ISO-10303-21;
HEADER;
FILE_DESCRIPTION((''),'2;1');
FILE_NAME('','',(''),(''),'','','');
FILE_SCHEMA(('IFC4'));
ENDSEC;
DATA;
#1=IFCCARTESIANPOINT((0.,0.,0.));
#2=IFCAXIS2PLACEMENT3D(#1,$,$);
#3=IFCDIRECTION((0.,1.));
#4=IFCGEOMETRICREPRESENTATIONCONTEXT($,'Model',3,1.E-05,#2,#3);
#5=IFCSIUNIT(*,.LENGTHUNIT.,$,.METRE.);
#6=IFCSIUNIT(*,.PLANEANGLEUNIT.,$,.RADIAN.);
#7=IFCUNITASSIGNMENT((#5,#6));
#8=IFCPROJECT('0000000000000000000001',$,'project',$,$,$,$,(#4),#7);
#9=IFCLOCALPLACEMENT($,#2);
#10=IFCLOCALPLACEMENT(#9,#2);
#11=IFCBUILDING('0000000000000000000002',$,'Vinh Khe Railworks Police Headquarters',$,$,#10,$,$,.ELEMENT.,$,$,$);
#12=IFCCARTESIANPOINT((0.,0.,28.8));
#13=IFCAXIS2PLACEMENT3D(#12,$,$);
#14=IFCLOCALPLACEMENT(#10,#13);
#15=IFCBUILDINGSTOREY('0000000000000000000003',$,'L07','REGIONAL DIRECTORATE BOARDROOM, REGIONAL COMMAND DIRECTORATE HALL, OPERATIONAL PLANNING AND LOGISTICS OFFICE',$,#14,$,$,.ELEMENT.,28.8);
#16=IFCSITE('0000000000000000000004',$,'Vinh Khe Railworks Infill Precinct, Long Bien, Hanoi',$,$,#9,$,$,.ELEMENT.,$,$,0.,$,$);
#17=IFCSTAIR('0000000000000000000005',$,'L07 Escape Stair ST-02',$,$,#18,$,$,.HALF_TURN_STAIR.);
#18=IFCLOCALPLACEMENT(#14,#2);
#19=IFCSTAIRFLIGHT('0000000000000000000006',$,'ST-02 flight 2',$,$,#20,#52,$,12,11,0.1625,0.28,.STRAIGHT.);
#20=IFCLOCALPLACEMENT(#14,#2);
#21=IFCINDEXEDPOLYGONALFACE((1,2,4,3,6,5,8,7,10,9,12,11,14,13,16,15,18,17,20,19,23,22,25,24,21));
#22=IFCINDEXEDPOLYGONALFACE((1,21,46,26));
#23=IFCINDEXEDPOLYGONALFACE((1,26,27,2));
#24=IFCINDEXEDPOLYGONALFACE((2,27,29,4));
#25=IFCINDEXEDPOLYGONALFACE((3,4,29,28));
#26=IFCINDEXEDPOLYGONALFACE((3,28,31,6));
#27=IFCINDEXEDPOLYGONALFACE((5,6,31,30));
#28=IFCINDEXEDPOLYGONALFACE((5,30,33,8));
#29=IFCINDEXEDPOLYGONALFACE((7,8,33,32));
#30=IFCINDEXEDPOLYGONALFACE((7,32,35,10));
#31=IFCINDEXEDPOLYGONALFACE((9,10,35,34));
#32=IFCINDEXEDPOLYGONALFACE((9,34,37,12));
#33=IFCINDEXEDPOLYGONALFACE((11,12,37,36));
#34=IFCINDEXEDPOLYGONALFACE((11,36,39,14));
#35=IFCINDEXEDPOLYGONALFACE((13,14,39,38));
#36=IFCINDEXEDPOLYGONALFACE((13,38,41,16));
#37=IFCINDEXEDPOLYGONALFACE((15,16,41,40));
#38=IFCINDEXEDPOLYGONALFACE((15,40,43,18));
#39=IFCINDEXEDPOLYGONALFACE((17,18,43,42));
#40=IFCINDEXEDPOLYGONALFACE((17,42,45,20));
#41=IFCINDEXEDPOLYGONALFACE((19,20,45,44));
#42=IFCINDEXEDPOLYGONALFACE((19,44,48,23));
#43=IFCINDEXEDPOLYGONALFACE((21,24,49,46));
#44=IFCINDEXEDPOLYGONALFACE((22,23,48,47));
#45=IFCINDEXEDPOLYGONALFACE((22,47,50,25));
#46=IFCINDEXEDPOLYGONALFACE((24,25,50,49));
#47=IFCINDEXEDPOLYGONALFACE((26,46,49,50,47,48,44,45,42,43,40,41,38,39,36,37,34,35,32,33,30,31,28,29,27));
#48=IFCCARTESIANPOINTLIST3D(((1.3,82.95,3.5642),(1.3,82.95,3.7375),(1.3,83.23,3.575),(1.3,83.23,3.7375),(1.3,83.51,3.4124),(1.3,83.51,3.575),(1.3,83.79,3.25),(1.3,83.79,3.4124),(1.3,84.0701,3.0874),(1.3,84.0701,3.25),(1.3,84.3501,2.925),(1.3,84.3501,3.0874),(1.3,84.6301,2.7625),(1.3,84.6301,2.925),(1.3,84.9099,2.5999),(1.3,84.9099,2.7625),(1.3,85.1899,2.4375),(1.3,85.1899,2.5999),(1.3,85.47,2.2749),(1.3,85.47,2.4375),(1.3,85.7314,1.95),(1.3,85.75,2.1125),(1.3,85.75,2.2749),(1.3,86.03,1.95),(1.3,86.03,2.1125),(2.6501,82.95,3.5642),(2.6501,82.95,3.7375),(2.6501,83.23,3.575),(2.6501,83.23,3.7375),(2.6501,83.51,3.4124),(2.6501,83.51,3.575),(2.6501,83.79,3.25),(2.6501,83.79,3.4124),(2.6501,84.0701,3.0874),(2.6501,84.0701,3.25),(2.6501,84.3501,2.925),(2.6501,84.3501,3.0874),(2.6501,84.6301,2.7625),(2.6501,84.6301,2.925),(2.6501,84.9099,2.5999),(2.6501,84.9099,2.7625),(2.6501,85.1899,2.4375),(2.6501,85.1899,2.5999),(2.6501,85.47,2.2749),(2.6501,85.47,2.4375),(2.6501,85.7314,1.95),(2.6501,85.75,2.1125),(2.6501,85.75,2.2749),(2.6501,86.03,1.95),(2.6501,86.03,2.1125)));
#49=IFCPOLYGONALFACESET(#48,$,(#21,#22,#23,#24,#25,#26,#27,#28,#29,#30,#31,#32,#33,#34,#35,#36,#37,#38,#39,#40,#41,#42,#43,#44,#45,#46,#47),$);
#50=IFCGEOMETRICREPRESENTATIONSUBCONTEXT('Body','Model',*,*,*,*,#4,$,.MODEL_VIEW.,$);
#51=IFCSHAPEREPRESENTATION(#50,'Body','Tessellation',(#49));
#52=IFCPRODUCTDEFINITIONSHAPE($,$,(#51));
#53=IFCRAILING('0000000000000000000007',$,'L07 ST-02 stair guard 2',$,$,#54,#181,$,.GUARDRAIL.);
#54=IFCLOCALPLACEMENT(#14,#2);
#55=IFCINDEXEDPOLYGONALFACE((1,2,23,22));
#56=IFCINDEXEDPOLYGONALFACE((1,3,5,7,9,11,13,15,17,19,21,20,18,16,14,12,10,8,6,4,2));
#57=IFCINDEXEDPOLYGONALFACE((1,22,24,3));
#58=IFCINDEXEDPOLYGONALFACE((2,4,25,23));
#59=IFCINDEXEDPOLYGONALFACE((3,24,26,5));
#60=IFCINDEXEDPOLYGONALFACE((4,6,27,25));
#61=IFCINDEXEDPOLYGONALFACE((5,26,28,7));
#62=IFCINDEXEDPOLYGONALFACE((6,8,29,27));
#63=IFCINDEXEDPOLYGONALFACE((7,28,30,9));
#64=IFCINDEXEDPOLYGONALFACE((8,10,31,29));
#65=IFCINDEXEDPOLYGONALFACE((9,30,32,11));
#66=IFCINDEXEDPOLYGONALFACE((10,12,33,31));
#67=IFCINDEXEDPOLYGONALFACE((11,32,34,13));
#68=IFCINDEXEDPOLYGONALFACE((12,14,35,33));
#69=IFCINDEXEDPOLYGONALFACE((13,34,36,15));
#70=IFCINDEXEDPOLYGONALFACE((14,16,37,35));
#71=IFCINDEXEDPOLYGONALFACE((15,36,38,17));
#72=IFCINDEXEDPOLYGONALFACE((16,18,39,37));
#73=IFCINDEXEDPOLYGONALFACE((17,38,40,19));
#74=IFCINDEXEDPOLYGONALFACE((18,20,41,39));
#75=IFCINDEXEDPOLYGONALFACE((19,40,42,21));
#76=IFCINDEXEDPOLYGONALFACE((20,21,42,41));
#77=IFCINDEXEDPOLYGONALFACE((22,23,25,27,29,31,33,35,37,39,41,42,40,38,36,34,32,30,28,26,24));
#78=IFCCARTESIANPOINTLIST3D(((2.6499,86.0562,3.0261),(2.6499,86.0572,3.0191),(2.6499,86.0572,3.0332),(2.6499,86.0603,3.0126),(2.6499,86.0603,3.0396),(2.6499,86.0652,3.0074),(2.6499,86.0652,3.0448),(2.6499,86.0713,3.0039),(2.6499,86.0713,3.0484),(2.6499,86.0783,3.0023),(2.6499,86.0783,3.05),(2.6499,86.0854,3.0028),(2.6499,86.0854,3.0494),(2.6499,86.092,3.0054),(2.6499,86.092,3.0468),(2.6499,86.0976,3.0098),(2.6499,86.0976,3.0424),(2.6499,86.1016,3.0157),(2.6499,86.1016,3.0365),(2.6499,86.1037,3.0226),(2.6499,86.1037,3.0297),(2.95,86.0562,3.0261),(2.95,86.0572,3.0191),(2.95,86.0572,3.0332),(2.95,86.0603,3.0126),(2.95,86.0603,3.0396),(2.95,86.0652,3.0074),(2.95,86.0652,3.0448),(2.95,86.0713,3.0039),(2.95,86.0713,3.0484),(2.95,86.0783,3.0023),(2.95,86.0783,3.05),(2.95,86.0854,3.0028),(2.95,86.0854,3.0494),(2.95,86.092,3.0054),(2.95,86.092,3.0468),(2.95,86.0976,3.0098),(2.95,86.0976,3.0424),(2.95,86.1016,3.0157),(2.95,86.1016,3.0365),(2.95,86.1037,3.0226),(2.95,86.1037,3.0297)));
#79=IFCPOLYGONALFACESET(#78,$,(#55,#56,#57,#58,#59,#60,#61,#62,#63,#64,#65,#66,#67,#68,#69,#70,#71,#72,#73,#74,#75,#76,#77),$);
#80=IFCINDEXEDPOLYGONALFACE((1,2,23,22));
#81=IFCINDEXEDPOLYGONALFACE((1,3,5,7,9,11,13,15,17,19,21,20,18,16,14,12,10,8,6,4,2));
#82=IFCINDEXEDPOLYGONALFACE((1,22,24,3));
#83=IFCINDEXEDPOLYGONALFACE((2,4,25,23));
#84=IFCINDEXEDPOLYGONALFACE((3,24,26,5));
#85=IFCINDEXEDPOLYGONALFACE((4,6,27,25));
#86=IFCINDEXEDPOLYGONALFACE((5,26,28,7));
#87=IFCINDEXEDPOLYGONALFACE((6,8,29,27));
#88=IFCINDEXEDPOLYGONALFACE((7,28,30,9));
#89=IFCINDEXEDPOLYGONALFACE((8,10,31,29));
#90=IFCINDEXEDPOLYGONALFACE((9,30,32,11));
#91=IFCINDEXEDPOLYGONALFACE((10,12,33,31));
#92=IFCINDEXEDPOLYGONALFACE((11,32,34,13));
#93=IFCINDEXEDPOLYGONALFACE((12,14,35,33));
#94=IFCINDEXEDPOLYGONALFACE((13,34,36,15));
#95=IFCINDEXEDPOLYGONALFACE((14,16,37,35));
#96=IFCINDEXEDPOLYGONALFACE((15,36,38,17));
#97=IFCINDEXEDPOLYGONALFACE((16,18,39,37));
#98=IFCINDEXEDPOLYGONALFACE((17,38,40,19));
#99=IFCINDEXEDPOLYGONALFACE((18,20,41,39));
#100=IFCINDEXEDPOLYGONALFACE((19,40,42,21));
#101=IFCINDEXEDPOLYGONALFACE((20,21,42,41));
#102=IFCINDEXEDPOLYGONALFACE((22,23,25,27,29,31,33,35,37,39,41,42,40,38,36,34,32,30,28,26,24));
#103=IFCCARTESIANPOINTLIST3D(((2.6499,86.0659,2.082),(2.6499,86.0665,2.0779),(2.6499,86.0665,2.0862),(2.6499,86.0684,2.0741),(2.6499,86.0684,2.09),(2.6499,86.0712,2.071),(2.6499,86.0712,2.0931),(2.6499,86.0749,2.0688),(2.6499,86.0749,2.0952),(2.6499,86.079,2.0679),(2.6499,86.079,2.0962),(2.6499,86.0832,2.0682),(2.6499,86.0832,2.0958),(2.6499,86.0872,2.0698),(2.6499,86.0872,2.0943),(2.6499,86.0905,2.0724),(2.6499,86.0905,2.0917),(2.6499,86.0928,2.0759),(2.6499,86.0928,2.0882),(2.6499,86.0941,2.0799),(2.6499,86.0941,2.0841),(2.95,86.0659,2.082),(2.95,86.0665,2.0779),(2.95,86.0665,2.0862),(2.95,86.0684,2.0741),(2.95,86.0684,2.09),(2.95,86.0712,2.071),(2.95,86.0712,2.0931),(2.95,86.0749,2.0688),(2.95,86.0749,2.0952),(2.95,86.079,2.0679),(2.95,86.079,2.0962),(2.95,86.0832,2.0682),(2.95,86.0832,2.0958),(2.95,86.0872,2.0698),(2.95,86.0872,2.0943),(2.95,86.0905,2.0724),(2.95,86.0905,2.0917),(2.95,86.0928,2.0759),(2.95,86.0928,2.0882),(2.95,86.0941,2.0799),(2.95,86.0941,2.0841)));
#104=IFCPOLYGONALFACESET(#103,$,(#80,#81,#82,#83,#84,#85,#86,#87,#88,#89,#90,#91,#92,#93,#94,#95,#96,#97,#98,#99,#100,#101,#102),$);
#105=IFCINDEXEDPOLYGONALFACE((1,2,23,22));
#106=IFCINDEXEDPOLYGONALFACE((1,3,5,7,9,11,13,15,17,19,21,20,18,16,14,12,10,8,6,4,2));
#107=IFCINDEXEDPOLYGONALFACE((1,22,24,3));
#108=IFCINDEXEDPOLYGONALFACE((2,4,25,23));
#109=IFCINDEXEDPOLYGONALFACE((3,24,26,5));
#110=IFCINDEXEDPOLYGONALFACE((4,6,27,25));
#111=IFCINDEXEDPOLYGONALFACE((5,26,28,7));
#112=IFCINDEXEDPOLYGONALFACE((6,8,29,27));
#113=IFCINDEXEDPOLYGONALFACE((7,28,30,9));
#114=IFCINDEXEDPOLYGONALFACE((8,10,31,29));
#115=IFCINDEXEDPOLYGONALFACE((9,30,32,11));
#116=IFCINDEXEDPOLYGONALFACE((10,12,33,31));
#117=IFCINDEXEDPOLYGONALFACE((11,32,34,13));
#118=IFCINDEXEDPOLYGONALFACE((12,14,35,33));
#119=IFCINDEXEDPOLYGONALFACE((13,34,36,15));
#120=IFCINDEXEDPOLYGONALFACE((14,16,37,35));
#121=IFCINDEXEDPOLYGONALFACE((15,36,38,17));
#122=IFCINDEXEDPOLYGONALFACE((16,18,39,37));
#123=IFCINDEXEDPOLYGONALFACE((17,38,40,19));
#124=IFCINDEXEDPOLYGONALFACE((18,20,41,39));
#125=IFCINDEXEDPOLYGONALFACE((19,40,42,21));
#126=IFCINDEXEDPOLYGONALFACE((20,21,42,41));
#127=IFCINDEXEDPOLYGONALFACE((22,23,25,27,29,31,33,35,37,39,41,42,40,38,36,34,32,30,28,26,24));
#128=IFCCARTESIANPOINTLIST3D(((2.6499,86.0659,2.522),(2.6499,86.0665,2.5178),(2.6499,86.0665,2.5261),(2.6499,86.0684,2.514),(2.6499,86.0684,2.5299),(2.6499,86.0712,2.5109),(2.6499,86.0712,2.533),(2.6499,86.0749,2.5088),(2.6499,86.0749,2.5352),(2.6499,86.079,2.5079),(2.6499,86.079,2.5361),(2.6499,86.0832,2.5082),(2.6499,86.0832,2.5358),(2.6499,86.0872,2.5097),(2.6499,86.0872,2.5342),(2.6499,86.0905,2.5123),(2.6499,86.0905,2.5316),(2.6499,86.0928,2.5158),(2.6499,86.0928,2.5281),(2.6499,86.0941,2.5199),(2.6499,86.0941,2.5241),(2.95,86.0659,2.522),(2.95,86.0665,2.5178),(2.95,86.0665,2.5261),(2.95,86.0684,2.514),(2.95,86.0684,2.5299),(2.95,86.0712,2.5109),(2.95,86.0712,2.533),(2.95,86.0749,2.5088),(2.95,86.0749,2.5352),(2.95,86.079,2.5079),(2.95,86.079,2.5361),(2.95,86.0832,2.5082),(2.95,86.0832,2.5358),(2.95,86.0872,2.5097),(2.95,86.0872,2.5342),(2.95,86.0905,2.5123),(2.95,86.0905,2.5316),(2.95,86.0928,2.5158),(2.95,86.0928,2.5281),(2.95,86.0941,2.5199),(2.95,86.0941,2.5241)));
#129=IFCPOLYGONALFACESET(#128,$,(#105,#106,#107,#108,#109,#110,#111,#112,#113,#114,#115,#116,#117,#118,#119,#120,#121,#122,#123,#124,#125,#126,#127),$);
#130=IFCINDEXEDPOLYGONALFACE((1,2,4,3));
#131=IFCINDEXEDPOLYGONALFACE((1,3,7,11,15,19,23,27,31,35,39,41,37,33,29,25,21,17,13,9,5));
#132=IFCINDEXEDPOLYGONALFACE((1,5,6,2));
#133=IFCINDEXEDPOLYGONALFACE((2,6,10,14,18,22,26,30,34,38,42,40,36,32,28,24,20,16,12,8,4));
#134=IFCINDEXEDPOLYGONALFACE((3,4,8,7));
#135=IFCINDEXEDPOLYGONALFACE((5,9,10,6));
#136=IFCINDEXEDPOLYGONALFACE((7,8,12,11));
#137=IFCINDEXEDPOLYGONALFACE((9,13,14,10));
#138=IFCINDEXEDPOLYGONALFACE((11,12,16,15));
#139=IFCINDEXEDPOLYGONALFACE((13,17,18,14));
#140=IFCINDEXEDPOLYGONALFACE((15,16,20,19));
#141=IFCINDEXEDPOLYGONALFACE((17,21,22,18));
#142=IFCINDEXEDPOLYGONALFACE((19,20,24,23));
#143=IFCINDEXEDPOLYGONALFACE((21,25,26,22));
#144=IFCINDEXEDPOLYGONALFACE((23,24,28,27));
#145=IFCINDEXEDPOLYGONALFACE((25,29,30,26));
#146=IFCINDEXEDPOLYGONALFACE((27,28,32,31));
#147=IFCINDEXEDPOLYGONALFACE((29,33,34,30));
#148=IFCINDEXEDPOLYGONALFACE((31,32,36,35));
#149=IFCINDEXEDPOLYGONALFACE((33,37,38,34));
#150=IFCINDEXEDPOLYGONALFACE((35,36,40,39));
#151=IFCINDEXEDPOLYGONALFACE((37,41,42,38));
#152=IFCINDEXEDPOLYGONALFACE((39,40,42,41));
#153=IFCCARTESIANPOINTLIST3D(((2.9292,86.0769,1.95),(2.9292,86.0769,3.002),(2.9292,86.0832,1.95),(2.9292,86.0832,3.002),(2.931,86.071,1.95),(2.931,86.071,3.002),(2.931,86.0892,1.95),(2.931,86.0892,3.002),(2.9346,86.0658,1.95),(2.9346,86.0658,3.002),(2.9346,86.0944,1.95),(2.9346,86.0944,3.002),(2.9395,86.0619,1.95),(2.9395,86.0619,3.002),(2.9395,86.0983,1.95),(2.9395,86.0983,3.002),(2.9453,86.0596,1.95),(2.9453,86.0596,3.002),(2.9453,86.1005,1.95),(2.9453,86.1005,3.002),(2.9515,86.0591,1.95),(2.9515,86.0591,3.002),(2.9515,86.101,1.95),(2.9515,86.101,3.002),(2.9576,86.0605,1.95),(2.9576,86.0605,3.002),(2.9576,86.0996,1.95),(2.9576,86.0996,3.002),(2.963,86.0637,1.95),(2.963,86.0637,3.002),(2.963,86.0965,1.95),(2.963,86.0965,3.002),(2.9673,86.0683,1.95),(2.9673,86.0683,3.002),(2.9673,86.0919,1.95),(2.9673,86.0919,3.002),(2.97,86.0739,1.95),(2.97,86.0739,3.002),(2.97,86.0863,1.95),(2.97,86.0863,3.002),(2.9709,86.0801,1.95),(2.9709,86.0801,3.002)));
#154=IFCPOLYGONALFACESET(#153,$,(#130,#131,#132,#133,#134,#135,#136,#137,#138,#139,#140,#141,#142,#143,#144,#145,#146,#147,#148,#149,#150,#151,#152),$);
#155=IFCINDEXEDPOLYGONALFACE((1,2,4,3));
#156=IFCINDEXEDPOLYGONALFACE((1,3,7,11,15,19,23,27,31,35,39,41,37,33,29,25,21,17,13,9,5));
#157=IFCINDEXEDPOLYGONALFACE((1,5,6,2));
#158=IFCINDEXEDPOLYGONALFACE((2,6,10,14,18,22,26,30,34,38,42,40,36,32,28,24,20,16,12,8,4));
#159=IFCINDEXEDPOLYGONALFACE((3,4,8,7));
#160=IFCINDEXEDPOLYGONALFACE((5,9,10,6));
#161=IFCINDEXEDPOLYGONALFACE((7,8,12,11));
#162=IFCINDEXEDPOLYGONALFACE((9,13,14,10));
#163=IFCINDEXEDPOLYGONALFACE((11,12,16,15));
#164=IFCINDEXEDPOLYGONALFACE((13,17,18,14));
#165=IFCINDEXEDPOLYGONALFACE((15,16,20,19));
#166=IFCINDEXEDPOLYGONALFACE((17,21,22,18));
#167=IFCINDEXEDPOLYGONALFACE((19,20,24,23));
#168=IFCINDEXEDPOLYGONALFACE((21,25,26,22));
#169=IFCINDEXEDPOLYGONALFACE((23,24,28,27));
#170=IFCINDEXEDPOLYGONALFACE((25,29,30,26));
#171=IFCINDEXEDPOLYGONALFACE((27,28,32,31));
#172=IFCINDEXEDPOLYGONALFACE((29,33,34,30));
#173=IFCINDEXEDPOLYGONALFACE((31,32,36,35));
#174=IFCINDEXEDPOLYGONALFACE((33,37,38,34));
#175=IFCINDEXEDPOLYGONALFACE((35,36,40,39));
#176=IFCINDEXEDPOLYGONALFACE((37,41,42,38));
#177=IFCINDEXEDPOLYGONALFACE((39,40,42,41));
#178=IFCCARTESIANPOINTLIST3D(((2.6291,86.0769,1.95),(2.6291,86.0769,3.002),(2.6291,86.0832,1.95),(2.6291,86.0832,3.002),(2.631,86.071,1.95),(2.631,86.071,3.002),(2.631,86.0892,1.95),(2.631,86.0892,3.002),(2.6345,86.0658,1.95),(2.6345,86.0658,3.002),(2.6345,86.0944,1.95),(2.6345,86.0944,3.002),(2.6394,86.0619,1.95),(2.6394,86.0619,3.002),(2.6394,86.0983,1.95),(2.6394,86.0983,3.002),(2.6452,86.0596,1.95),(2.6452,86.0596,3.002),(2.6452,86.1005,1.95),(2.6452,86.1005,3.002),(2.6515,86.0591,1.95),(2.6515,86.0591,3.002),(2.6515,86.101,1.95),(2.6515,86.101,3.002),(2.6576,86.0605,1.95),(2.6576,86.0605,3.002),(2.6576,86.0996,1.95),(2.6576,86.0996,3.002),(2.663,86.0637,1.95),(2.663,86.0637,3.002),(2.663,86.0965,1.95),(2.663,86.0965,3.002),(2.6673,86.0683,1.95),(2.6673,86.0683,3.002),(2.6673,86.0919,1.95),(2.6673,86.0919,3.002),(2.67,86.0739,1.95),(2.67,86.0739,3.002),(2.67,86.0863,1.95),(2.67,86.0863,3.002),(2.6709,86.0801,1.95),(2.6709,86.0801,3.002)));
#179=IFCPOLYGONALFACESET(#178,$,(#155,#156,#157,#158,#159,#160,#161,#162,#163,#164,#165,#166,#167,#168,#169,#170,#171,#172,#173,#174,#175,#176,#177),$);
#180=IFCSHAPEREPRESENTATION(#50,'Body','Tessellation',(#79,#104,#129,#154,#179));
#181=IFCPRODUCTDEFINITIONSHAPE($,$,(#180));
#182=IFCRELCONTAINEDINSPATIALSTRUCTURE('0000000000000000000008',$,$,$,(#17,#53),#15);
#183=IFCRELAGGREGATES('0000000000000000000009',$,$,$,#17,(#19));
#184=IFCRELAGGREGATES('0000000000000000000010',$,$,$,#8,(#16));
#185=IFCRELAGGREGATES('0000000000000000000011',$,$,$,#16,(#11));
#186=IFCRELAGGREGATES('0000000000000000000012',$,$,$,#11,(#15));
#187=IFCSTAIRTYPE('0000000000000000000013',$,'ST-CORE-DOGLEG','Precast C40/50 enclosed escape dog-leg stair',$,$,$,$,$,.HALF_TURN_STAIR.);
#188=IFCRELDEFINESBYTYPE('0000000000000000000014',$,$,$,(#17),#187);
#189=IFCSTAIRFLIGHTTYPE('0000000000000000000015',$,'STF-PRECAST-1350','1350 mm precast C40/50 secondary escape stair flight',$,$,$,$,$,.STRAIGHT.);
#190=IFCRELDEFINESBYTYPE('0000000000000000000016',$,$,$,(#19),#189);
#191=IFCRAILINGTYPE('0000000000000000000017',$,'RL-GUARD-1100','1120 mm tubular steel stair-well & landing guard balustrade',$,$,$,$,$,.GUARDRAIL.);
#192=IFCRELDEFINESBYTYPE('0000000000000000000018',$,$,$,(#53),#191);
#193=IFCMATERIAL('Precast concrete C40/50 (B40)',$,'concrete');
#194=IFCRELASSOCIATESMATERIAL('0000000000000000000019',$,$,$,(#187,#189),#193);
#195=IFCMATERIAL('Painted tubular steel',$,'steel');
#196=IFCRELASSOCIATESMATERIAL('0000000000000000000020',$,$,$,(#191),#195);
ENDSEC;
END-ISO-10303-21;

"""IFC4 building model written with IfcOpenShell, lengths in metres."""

from ifc_helpers import new_model, si_unit, direction, frame, origin, origin_2d, place, context, subcontext, project, spatial, polyline, circle, outline, extrude, material, type_object, element, aggregate, save


model = new_model("IFC4")

# Units and contexts
model_context = context("Model", 3, precision=1e-05, world=origin(), true_north=direction((0.0, 1.0)))
body_context = subcontext(model_context, "Body", "Model", "MODEL_VIEW")
ifc_project = project(units=[si_unit("LENGTHUNIT", "METRE"), si_unit("PLANEANGLEUNIT", "RADIAN")], contexts=[model_context])

# Site, building, storey
site_placement = place(None, origin())
site = spatial("IfcSite", under=ifc_project, at=site_placement, Name="Vinh Khe Railworks Infill Precinct, Long Bien, Hanoi", CompositionType="ELEMENT", RefElevation=0.0)
building_placement = place(site_placement, origin())
building = spatial("IfcBuilding", under=site, at=building_placement, Name="Vinh Khe Railworks Police Headquarters", CompositionType="ELEMENT")
storey_placement = place(building_placement, frame((0.0, 0.0, 28.8)))
storey = spatial("IfcBuildingStorey", under=building, at=storey_placement, Name="L07", Description="REGIONAL DIRECTORATE BOARDROOM, REGIONAL COMMAND DIRECTORATE HALL, OPERATIONAL PLANNING AND LOGISTICS OFFICE", CompositionType="ELEMENT", Elevation=28.8)

# Stair, stair flight
ifc_material_1 = material(Name="Precast concrete C40/50 (B40)", Category="concrete")
stair_type = type_object("IfcStairType", Name="ST-CORE-DOGLEG", Description="Precast C40/50 enclosed escape dog-leg stair", PredefinedType="HALF_TURN_STAIR", material=ifc_material_1)
stair_placement = place(storey_placement, origin())
stair = element("IfcStair", 1, at=stair_placement, inside=storey, type_object=stair_type, Name="L07 Escape Stair ST-02", PredefinedType="HALF_TURN_STAIR")
stair_flight_type = type_object("IfcStairFlightType", Name="STF-PRECAST-1350", Description="1350 mm precast C40/50 secondary escape stair flight", PredefinedType="STRAIGHT", material=ifc_material_1)
stair_flight_1_placement = place(storey_placement, frame((1.9751, 86.03, 1.95), z_axis=(0.0, 0.0, 1.0), x_axis=(0.0, -1.0, 0.0)))
stair_flight_1 = element("IfcStairFlight", 2, at=stair_flight_1_placement, type_object=stair_flight_type, Name="ST-02 flight 2", NumberOfRisers=12, NumberOfTreads=11, PredefinedType="STRAIGHT", RiserHeight=0.1625, TreadLength=0.28, context=body_context, shape_type="SweptSolid", body=[
    extrude(outline(polyline([(0.0, 0.0), (0.0, 0.1626), (0.28, 0.1626), (0.28, 0.325), (0.5601, 0.325), (0.5601, 0.4875), (0.8401, 0.4875), (0.8401, 0.6499), (1.1201, 0.6499), (1.1201, 0.8125), (1.3999, 0.8125), (1.3999, 0.9751), (1.6799, 0.9751), (1.6799, 1.1375), (1.96, 1.1375), (1.96, 1.3), (2.24, 1.3), (2.24, 1.4624), (2.52, 1.4624), (2.52, 1.625), (2.8, 1.625), (2.8, 1.7876), (3.0801, 1.7876), (3.0801, 1.95), (3.0801, 1.6143), (0.2986, 0.0), (0.0, 0.0)])), frame((0.0, 0.675, 0.0), z_axis=(0.0, -1.0, 0.0), x_axis=(1.0, 0.0, 0.0)), (0.0, 0.0, 1.0), 1.3501),
])
aggregate(stair, [stair_flight_1])

# Railing
ifc_material_2 = material(Name="Painted tubular steel", Category="steel")
railing_type_1 = type_object("IfcRailingType", Name="RL-GUARD-1100", Description="1120 mm tubular steel stair-well & landing guard balustrade", PredefinedType="GUARDRAIL", material=ifc_material_2)
railing_1_placement = place(storey_placement, frame((2.95, 86.0801, 1.95)))
element("IfcRailing", 3, at=railing_1_placement, inside=storey, type_object=railing_type_1, Name="L07 ST-02 stair guard 2", PredefinedType="GUARDRAIL", context=body_context, shape_type="SweptSolid", body=[
    extrude(circle(Radius=0.0239, at=origin_2d()), frame((0.0, 0.0, 1.0762), z_axis=(-1.0, 0.0, 0.0), x_axis=(0.0, -1.0, 0.0)), (0.0, 0.0, 1.0), 0.3),
    extrude(circle(Radius=0.0142, at=origin_2d()), frame((0.0, 0.0, 0.1321), z_axis=(-1.0, 0.0, 0.0), x_axis=(0.0, -1.0, 0.0)), (0.0, 0.0, 1.0), 0.3),
    extrude(circle(Radius=0.0142, at=origin_2d()), frame((0.0, 0.0, 0.572), z_axis=(-1.0, 0.0, 0.0), x_axis=(0.0, -1.0, 0.0)), (0.0, 0.0, 1.0), 0.3),
    extrude(circle(Radius=0.021, at=origin_2d()), origin(), (0.0, 0.0, 1.0), 1.052),
    extrude(circle(Radius=0.021, at=origin_2d()), frame((-0.3, 0.0, 0.0)), (0.0, 0.0, 1.0), 1.052),
])

save(model, "model.ifc")
